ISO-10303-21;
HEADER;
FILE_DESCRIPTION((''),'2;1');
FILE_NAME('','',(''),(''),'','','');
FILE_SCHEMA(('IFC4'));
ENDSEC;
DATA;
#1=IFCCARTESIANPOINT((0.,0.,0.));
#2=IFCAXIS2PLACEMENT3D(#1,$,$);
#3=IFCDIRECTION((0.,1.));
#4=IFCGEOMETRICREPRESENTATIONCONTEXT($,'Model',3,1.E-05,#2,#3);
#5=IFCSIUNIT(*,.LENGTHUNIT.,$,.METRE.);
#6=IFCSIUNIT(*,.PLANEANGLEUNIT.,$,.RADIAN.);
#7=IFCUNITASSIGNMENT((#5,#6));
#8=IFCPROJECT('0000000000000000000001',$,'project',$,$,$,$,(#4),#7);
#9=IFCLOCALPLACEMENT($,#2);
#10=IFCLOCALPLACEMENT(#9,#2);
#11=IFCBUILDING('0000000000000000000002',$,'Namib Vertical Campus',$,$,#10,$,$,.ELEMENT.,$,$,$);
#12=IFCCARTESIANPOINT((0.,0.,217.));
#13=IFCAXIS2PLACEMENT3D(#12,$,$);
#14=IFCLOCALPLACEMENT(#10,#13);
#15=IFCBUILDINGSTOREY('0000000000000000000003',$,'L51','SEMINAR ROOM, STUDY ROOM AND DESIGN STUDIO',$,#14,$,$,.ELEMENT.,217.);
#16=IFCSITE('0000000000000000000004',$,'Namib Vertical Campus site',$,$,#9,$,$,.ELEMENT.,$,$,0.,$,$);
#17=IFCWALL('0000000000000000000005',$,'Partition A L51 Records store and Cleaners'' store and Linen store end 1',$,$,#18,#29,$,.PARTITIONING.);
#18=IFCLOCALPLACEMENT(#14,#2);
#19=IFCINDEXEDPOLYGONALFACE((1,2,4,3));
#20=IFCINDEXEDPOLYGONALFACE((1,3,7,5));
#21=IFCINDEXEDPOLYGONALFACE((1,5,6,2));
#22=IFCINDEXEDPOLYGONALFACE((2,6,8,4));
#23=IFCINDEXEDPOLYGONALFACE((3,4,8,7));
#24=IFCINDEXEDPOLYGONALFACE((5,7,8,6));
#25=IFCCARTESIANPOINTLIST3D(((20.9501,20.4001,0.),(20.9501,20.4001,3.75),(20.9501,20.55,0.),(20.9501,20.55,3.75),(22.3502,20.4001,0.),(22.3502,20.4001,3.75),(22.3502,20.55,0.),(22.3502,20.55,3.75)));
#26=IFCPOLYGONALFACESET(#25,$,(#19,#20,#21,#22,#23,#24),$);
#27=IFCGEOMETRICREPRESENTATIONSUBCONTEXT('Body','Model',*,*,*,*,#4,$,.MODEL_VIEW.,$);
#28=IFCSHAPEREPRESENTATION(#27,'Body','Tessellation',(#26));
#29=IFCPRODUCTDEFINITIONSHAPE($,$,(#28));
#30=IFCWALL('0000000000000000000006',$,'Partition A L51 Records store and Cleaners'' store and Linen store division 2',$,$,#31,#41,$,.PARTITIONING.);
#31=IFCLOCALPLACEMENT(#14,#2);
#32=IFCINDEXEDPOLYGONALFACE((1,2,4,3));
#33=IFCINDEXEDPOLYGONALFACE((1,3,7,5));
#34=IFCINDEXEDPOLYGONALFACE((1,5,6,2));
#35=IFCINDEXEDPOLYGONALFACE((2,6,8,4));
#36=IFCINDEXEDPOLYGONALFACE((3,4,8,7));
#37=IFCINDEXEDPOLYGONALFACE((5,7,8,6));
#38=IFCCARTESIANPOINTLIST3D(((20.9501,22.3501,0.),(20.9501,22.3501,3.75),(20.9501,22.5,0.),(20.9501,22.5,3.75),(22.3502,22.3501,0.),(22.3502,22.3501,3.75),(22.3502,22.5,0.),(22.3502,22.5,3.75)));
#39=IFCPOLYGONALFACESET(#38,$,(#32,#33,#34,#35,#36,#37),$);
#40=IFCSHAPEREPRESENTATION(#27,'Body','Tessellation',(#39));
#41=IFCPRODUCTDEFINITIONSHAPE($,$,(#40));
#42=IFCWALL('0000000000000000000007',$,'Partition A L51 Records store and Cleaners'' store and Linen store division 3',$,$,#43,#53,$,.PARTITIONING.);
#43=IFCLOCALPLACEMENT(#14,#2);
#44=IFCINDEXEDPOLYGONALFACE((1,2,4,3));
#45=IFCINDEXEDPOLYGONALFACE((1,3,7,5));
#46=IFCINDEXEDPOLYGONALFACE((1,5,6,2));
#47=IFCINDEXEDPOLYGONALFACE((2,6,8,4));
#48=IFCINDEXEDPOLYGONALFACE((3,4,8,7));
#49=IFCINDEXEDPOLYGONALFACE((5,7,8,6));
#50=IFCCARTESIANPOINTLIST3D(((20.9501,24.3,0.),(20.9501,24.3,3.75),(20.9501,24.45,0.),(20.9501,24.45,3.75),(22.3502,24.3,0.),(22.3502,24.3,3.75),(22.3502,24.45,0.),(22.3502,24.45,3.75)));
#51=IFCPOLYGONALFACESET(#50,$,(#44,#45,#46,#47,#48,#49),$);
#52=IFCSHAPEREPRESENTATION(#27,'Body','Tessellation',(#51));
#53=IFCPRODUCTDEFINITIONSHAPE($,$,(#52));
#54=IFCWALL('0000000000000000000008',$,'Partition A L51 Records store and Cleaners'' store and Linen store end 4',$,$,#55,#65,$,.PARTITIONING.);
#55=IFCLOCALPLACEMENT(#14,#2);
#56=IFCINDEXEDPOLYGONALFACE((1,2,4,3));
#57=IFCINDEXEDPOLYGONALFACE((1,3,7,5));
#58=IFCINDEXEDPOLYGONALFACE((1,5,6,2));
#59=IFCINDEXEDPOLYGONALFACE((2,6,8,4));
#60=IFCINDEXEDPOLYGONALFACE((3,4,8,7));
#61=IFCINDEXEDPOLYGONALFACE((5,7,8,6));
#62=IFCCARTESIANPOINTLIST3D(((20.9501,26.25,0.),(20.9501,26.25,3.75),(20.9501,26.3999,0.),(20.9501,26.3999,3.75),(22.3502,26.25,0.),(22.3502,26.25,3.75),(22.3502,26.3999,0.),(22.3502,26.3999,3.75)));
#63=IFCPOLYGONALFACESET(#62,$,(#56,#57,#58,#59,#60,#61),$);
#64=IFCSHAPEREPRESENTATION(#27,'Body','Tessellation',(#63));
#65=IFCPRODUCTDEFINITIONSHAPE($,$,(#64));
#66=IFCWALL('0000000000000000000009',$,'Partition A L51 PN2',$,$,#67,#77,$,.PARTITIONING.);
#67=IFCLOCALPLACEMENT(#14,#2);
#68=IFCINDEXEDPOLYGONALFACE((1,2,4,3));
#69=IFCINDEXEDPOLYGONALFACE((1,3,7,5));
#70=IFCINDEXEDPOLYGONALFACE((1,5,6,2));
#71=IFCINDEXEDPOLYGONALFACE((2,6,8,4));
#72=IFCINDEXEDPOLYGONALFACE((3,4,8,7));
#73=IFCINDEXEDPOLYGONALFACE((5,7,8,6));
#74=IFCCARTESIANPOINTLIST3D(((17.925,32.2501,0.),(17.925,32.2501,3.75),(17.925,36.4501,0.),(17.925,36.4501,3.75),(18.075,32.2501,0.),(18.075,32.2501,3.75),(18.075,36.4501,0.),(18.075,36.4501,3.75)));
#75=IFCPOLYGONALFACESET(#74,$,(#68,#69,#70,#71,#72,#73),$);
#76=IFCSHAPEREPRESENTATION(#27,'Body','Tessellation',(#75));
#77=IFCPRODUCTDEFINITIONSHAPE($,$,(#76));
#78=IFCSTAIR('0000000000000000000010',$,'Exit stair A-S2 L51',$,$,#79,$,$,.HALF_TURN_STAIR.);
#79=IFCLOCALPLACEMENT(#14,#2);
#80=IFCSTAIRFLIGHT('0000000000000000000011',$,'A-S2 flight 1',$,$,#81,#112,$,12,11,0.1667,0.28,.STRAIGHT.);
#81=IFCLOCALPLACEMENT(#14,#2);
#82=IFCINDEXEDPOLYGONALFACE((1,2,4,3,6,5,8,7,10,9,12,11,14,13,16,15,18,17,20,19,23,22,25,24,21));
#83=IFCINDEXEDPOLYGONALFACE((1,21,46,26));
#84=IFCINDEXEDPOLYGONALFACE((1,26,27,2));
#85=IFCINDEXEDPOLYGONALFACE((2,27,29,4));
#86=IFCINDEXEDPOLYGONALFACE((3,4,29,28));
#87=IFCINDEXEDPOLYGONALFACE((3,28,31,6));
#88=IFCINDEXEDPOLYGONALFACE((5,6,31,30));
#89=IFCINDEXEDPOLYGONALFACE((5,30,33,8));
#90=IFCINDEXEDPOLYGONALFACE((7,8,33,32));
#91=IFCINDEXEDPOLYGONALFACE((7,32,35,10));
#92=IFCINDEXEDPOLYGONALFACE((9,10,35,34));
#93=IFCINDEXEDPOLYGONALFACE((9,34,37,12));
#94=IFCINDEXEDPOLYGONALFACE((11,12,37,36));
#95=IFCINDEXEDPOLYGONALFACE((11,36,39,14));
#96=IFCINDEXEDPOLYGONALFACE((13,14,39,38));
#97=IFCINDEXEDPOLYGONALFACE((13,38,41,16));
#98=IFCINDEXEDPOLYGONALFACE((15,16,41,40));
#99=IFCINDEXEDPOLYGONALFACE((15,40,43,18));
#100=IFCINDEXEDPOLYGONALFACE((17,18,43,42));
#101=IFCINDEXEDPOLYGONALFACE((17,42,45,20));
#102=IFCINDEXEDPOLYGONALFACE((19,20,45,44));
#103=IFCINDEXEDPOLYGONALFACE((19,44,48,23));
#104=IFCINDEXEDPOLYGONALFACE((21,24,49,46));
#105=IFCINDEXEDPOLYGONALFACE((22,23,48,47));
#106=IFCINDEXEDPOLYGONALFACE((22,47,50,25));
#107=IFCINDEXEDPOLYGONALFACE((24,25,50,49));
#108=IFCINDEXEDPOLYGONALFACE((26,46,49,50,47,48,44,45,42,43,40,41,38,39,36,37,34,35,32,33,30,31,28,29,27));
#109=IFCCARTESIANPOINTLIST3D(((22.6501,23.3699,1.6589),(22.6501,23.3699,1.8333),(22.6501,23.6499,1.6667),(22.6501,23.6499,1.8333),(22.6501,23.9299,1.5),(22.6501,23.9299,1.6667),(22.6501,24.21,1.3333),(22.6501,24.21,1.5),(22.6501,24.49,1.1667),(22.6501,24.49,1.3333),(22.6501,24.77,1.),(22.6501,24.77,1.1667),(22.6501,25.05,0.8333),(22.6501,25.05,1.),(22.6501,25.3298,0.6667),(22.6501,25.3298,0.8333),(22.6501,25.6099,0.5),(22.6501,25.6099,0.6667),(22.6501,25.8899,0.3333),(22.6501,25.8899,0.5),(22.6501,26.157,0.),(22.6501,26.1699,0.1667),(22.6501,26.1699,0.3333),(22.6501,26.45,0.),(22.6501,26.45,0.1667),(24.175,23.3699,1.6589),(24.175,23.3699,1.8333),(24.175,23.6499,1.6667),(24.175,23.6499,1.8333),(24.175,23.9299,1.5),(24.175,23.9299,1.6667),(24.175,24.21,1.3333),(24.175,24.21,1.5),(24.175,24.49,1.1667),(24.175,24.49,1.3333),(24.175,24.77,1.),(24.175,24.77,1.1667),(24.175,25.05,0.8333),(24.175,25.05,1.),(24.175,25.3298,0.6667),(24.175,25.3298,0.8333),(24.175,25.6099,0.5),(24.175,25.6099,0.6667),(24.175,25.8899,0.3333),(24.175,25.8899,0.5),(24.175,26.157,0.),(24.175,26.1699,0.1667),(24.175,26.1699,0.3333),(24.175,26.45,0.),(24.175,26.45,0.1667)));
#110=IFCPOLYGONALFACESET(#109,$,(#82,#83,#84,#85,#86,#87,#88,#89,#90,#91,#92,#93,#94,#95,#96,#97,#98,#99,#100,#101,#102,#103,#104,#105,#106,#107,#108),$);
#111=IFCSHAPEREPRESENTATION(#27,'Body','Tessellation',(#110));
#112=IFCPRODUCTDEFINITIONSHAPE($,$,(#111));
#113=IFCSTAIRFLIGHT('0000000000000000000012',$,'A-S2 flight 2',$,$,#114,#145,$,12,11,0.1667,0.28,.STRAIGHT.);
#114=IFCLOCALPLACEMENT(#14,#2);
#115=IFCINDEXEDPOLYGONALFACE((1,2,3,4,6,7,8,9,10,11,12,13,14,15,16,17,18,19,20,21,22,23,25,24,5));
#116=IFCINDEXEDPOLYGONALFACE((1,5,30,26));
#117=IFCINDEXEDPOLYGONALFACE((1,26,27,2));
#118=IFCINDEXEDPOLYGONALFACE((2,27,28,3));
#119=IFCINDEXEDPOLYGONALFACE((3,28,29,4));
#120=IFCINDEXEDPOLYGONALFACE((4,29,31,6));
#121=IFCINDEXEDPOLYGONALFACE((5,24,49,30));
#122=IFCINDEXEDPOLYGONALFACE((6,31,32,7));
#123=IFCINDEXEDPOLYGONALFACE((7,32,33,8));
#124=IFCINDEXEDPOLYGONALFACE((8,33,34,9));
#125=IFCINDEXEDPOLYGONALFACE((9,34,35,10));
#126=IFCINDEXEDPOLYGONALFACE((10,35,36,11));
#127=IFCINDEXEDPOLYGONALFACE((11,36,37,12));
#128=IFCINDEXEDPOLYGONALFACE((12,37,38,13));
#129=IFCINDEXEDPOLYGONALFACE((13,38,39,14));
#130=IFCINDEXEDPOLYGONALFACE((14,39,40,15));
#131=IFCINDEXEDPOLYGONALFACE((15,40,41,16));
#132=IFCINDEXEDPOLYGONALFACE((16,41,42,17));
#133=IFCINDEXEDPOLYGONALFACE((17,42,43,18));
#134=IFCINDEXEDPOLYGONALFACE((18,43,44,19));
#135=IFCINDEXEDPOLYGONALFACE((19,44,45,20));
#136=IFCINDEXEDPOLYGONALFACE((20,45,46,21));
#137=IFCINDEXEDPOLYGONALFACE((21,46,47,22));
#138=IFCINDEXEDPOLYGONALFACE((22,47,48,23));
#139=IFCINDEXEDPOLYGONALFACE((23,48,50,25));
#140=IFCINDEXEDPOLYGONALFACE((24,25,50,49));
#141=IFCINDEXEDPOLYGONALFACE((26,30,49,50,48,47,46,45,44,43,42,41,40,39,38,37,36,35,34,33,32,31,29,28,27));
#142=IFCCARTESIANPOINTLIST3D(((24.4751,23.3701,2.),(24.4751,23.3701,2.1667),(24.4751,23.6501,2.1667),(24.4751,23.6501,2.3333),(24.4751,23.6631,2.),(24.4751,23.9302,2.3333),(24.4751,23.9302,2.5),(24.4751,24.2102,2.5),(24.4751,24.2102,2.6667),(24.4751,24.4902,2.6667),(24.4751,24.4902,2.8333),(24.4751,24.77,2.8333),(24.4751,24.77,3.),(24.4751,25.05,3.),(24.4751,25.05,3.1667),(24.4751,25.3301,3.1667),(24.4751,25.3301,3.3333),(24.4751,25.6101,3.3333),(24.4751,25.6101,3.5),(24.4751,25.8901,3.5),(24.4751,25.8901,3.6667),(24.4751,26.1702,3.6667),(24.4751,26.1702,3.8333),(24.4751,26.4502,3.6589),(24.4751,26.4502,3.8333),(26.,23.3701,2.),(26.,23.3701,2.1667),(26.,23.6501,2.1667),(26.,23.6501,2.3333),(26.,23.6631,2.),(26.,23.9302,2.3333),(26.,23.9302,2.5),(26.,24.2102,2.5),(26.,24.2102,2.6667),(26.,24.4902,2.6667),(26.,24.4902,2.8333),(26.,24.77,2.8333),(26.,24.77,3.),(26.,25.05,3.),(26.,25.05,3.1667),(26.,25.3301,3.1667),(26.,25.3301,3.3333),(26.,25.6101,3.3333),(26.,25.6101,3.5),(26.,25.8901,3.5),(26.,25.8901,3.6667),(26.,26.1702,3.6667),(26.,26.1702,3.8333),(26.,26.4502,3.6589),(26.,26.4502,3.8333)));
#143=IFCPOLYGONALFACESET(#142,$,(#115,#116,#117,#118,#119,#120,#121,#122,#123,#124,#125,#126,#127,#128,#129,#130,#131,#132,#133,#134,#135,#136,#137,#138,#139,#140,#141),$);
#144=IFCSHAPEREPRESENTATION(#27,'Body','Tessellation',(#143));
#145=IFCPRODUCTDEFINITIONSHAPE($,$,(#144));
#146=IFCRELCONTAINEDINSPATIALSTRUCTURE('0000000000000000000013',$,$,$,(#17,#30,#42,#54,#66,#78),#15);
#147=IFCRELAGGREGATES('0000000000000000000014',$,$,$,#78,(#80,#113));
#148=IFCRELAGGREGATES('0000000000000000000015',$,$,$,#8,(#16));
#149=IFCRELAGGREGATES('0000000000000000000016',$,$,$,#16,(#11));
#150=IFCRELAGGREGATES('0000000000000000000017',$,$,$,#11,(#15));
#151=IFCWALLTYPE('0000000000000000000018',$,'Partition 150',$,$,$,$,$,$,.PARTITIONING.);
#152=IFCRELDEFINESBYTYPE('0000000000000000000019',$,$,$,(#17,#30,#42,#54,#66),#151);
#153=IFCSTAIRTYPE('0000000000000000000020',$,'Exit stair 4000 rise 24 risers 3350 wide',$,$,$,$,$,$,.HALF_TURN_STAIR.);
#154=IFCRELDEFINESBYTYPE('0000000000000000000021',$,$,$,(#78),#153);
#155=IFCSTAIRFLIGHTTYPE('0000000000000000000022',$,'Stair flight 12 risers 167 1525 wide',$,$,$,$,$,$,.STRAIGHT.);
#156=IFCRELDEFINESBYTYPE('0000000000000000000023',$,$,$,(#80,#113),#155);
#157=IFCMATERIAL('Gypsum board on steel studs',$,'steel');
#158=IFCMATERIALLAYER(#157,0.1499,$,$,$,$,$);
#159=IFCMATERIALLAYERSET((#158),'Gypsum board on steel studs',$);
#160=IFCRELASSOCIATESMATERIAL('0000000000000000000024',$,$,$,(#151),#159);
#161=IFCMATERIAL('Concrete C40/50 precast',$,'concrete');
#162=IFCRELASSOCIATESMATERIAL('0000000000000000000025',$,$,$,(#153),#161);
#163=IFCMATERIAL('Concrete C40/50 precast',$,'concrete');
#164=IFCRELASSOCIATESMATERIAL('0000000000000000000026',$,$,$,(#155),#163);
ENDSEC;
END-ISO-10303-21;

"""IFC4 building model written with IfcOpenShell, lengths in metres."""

from ifc_helpers import new_model, si_unit, direction, frame, frame_2d, origin, place, context, subcontext, project, spatial, polyline, rectangle, outline, extrude, material, layer, layer_set, type_object, element, aggregate, save


model = new_model("IFC4")

# Units and contexts
model_context = context("Model", 3, precision=1e-05, world=origin(), true_north=direction((0.0, 1.0)))
body_context = subcontext(model_context, "Body", "Model", "MODEL_VIEW")
ifc_project = project(units=[si_unit("LENGTHUNIT", "METRE"), si_unit("PLANEANGLEUNIT", "RADIAN")], contexts=[model_context])

# Site, building, storey
site_placement = place(None, origin())
site = spatial("IfcSite", under=ifc_project, at=site_placement, Name="Namib Vertical Campus site", CompositionType="ELEMENT", RefElevation=0.0)
building_placement = place(site_placement, origin())
building = spatial("IfcBuilding", under=site, at=building_placement, Name="Namib Vertical Campus", CompositionType="ELEMENT")
storey_placement = place(building_placement, frame((0.0, 0.0, 217.0)))
storey = spatial("IfcBuildingStorey", under=building, at=storey_placement, Name="L51", Description="SEMINAR ROOM, STUDY ROOM AND DESIGN STUDIO", CompositionType="ELEMENT", Elevation=217.0)

# Shared definitions
ifc_material_1 = material(Name="Gypsum board on steel studs", Category="steel")
ifc_layer_1 = layer(ifc_material_1, 0.1499)
ifc_layer_set_1 = layer_set([ifc_layer_1], Name="Gypsum board on steel studs")
wall_type_1 = type_object("IfcWallType", Name="Partition 150", PredefinedType="PARTITIONING", material=ifc_layer_set_1)

# Walls
for number, where, z_axis, x_axis, name in (
    (1, (20.95, 20.4751, 0.0), (0.0, 0.0, 1.0), (1.0, 0.0, 0.0), "Partition A L51 Records store and Cleaners' store and Linen store end 1"),
    (2, (20.95, 22.425, 0.0), (0.0, 0.0, 1.0), (1.0, 0.0, 0.0), "Partition A L51 Records store and Cleaners' store and Linen store division 2"),
    (3, (20.95, 24.375, 0.0), (0.0, 0.0, 1.0), (1.0, 0.0, 0.0), "Partition A L51 Records store and Cleaners' store and Linen store division 3"),
    (4, (20.95, 26.325, 0.0), (0.0, 0.0, 1.0), (1.0, 0.0, 0.0), "Partition A L51 Records store and Cleaners' store and Linen store end 4"),
):
    element("IfcWall", number, at=place(storey_placement, frame(where, z_axis=z_axis, x_axis=x_axis)), inside=storey, type_object=wall_type_1, Name=name, PredefinedType="PARTITIONING", context=body_context, shape_type="SweptSolid", body=[
        extrude(rectangle(XDim=1.4001, YDim=0.1499, at=frame_2d((0.7002, 0.0))), origin(), (0.0, 0.0, 1.0), 3.75),
    ])
wall_1_placement = place(storey_placement, frame((18.0, 32.25, 0.0), z_axis=(0.0, 0.0, 1.0), x_axis=(0.0, 1.0, 0.0)))
element("IfcWall", 5, at=wall_1_placement, inside=storey, type_object=wall_type_1, Name="Partition A L51 PN2", PredefinedType="PARTITIONING", context=body_context, shape_type="SweptSolid", body=[
    extrude(rectangle(XDim=4.2, YDim=0.1499, at=frame_2d((2.1001, 0.0))), origin(), (0.0, 0.0, 1.0), 3.75),
])

# Stair, stair flights
ifc_material_2 = material(Name="Concrete C40/50 precast", Category="concrete")
stair_type = type_object("IfcStairType", Name="Exit stair 4000 rise 24 risers 3350 wide", PredefinedType="HALF_TURN_STAIR", material=ifc_material_2)
stair_placement = place(storey_placement, origin())
stair = element("IfcStair", 6, at=stair_placement, inside=storey, type_object=stair_type, Name="Exit stair A-S2 L51", PredefinedType="HALF_TURN_STAIR")
ifc_material_3 = material(Name="Concrete C40/50 precast", Category="concrete")
stair_flight_type = type_object("IfcStairFlightType", Name="Stair flight 12 risers 167 1525 wide", PredefinedType="STRAIGHT", material=ifc_material_3)
stair_flight_1_placement = place(storey_placement, frame((23.4126, 26.45, 0.0), z_axis=(0.0, 0.0, 1.0), x_axis=(0.0, -1.0, 0.0)))
stair_flight_1 = element("IfcStairFlight", 7, at=stair_flight_1_placement, type_object=stair_flight_type, Name="A-S2 flight 1", NumberOfRisers=12, NumberOfTreads=11, PredefinedType="STRAIGHT", RiserHeight=0.1667, TreadLength=0.28, context=body_context, shape_type="SweptSolid", body=[
    extrude(outline(polyline([(0.0, 0.0), (0.0, 0.1667), (0.28, 0.1667), (0.28, 0.3333), (0.5601, 0.3333), (0.5601, 0.5), (0.8401, 0.5), (0.8401, 0.6667), (1.1201, 0.6667), (1.1201, 0.8333), (1.3999, 0.8333), (1.3999, 1.0), (1.6799, 1.0), (1.6799, 1.1667), (1.96, 1.1667), (1.96, 1.3333), (2.24, 1.3333), (2.24, 1.5), (2.52, 1.5), (2.52, 1.6667), (2.8, 1.6667), (2.8, 1.8333), (3.0801, 1.8333), (3.0801, 2.0), (3.0801, 1.6589), (0.293, 0.0), (0.0, 0.0)])), frame((0.0, 0.7625, 0.0), z_axis=(0.0, -1.0, 0.0), x_axis=(1.0, 0.0, 0.0)), (0.0, 0.0, 1.0), 1.5249),
])
stair_flight_2_placement = place(storey_placement, frame((25.2375, 23.3701, 2.0), z_axis=(0.0, 0.0, 1.0), x_axis=(0.0, 1.0, 0.0)))
stair_flight_2 = element("IfcStairFlight", 8, at=stair_flight_2_placement, type_object=stair_flight_type, Name="A-S2 flight 2", NumberOfRisers=12, NumberOfTreads=11, PredefinedType="STRAIGHT", RiserHeight=0.1667, TreadLength=0.28, context=body_context, shape_type="SweptSolid", body=[
    extrude(outline(polyline([(0.0, 0.0), (0.0, 0.1667), (0.28, 0.1667), (0.28, 0.3333), (0.5601, 0.3333), (0.5601, 0.5), (0.8401, 0.5), (0.8401, 0.6667), (1.1201, 0.6667), (1.1201, 0.8333), (1.3999, 0.8333), (1.3999, 1.0), (1.6799, 1.0), (1.6799, 1.1667), (1.96, 1.1667), (1.96, 1.3333), (2.24, 1.3333), (2.24, 1.5), (2.52, 1.5), (2.52, 1.6667), (2.8, 1.6667), (2.8, 1.8333), (3.0801, 1.8333), (3.0801, 2.0), (3.0801, 1.6589), (0.293, 0.0), (0.0, 0.0)])), frame((0.0, 0.7625, 0.0), z_axis=(0.0, -1.0, 0.0), x_axis=(1.0, 0.0, 0.0)), (0.0, 0.0, 1.0), 1.5249),
])
aggregate(stair, [stair_flight_1, stair_flight_2])

save(model, "model.ifc")
